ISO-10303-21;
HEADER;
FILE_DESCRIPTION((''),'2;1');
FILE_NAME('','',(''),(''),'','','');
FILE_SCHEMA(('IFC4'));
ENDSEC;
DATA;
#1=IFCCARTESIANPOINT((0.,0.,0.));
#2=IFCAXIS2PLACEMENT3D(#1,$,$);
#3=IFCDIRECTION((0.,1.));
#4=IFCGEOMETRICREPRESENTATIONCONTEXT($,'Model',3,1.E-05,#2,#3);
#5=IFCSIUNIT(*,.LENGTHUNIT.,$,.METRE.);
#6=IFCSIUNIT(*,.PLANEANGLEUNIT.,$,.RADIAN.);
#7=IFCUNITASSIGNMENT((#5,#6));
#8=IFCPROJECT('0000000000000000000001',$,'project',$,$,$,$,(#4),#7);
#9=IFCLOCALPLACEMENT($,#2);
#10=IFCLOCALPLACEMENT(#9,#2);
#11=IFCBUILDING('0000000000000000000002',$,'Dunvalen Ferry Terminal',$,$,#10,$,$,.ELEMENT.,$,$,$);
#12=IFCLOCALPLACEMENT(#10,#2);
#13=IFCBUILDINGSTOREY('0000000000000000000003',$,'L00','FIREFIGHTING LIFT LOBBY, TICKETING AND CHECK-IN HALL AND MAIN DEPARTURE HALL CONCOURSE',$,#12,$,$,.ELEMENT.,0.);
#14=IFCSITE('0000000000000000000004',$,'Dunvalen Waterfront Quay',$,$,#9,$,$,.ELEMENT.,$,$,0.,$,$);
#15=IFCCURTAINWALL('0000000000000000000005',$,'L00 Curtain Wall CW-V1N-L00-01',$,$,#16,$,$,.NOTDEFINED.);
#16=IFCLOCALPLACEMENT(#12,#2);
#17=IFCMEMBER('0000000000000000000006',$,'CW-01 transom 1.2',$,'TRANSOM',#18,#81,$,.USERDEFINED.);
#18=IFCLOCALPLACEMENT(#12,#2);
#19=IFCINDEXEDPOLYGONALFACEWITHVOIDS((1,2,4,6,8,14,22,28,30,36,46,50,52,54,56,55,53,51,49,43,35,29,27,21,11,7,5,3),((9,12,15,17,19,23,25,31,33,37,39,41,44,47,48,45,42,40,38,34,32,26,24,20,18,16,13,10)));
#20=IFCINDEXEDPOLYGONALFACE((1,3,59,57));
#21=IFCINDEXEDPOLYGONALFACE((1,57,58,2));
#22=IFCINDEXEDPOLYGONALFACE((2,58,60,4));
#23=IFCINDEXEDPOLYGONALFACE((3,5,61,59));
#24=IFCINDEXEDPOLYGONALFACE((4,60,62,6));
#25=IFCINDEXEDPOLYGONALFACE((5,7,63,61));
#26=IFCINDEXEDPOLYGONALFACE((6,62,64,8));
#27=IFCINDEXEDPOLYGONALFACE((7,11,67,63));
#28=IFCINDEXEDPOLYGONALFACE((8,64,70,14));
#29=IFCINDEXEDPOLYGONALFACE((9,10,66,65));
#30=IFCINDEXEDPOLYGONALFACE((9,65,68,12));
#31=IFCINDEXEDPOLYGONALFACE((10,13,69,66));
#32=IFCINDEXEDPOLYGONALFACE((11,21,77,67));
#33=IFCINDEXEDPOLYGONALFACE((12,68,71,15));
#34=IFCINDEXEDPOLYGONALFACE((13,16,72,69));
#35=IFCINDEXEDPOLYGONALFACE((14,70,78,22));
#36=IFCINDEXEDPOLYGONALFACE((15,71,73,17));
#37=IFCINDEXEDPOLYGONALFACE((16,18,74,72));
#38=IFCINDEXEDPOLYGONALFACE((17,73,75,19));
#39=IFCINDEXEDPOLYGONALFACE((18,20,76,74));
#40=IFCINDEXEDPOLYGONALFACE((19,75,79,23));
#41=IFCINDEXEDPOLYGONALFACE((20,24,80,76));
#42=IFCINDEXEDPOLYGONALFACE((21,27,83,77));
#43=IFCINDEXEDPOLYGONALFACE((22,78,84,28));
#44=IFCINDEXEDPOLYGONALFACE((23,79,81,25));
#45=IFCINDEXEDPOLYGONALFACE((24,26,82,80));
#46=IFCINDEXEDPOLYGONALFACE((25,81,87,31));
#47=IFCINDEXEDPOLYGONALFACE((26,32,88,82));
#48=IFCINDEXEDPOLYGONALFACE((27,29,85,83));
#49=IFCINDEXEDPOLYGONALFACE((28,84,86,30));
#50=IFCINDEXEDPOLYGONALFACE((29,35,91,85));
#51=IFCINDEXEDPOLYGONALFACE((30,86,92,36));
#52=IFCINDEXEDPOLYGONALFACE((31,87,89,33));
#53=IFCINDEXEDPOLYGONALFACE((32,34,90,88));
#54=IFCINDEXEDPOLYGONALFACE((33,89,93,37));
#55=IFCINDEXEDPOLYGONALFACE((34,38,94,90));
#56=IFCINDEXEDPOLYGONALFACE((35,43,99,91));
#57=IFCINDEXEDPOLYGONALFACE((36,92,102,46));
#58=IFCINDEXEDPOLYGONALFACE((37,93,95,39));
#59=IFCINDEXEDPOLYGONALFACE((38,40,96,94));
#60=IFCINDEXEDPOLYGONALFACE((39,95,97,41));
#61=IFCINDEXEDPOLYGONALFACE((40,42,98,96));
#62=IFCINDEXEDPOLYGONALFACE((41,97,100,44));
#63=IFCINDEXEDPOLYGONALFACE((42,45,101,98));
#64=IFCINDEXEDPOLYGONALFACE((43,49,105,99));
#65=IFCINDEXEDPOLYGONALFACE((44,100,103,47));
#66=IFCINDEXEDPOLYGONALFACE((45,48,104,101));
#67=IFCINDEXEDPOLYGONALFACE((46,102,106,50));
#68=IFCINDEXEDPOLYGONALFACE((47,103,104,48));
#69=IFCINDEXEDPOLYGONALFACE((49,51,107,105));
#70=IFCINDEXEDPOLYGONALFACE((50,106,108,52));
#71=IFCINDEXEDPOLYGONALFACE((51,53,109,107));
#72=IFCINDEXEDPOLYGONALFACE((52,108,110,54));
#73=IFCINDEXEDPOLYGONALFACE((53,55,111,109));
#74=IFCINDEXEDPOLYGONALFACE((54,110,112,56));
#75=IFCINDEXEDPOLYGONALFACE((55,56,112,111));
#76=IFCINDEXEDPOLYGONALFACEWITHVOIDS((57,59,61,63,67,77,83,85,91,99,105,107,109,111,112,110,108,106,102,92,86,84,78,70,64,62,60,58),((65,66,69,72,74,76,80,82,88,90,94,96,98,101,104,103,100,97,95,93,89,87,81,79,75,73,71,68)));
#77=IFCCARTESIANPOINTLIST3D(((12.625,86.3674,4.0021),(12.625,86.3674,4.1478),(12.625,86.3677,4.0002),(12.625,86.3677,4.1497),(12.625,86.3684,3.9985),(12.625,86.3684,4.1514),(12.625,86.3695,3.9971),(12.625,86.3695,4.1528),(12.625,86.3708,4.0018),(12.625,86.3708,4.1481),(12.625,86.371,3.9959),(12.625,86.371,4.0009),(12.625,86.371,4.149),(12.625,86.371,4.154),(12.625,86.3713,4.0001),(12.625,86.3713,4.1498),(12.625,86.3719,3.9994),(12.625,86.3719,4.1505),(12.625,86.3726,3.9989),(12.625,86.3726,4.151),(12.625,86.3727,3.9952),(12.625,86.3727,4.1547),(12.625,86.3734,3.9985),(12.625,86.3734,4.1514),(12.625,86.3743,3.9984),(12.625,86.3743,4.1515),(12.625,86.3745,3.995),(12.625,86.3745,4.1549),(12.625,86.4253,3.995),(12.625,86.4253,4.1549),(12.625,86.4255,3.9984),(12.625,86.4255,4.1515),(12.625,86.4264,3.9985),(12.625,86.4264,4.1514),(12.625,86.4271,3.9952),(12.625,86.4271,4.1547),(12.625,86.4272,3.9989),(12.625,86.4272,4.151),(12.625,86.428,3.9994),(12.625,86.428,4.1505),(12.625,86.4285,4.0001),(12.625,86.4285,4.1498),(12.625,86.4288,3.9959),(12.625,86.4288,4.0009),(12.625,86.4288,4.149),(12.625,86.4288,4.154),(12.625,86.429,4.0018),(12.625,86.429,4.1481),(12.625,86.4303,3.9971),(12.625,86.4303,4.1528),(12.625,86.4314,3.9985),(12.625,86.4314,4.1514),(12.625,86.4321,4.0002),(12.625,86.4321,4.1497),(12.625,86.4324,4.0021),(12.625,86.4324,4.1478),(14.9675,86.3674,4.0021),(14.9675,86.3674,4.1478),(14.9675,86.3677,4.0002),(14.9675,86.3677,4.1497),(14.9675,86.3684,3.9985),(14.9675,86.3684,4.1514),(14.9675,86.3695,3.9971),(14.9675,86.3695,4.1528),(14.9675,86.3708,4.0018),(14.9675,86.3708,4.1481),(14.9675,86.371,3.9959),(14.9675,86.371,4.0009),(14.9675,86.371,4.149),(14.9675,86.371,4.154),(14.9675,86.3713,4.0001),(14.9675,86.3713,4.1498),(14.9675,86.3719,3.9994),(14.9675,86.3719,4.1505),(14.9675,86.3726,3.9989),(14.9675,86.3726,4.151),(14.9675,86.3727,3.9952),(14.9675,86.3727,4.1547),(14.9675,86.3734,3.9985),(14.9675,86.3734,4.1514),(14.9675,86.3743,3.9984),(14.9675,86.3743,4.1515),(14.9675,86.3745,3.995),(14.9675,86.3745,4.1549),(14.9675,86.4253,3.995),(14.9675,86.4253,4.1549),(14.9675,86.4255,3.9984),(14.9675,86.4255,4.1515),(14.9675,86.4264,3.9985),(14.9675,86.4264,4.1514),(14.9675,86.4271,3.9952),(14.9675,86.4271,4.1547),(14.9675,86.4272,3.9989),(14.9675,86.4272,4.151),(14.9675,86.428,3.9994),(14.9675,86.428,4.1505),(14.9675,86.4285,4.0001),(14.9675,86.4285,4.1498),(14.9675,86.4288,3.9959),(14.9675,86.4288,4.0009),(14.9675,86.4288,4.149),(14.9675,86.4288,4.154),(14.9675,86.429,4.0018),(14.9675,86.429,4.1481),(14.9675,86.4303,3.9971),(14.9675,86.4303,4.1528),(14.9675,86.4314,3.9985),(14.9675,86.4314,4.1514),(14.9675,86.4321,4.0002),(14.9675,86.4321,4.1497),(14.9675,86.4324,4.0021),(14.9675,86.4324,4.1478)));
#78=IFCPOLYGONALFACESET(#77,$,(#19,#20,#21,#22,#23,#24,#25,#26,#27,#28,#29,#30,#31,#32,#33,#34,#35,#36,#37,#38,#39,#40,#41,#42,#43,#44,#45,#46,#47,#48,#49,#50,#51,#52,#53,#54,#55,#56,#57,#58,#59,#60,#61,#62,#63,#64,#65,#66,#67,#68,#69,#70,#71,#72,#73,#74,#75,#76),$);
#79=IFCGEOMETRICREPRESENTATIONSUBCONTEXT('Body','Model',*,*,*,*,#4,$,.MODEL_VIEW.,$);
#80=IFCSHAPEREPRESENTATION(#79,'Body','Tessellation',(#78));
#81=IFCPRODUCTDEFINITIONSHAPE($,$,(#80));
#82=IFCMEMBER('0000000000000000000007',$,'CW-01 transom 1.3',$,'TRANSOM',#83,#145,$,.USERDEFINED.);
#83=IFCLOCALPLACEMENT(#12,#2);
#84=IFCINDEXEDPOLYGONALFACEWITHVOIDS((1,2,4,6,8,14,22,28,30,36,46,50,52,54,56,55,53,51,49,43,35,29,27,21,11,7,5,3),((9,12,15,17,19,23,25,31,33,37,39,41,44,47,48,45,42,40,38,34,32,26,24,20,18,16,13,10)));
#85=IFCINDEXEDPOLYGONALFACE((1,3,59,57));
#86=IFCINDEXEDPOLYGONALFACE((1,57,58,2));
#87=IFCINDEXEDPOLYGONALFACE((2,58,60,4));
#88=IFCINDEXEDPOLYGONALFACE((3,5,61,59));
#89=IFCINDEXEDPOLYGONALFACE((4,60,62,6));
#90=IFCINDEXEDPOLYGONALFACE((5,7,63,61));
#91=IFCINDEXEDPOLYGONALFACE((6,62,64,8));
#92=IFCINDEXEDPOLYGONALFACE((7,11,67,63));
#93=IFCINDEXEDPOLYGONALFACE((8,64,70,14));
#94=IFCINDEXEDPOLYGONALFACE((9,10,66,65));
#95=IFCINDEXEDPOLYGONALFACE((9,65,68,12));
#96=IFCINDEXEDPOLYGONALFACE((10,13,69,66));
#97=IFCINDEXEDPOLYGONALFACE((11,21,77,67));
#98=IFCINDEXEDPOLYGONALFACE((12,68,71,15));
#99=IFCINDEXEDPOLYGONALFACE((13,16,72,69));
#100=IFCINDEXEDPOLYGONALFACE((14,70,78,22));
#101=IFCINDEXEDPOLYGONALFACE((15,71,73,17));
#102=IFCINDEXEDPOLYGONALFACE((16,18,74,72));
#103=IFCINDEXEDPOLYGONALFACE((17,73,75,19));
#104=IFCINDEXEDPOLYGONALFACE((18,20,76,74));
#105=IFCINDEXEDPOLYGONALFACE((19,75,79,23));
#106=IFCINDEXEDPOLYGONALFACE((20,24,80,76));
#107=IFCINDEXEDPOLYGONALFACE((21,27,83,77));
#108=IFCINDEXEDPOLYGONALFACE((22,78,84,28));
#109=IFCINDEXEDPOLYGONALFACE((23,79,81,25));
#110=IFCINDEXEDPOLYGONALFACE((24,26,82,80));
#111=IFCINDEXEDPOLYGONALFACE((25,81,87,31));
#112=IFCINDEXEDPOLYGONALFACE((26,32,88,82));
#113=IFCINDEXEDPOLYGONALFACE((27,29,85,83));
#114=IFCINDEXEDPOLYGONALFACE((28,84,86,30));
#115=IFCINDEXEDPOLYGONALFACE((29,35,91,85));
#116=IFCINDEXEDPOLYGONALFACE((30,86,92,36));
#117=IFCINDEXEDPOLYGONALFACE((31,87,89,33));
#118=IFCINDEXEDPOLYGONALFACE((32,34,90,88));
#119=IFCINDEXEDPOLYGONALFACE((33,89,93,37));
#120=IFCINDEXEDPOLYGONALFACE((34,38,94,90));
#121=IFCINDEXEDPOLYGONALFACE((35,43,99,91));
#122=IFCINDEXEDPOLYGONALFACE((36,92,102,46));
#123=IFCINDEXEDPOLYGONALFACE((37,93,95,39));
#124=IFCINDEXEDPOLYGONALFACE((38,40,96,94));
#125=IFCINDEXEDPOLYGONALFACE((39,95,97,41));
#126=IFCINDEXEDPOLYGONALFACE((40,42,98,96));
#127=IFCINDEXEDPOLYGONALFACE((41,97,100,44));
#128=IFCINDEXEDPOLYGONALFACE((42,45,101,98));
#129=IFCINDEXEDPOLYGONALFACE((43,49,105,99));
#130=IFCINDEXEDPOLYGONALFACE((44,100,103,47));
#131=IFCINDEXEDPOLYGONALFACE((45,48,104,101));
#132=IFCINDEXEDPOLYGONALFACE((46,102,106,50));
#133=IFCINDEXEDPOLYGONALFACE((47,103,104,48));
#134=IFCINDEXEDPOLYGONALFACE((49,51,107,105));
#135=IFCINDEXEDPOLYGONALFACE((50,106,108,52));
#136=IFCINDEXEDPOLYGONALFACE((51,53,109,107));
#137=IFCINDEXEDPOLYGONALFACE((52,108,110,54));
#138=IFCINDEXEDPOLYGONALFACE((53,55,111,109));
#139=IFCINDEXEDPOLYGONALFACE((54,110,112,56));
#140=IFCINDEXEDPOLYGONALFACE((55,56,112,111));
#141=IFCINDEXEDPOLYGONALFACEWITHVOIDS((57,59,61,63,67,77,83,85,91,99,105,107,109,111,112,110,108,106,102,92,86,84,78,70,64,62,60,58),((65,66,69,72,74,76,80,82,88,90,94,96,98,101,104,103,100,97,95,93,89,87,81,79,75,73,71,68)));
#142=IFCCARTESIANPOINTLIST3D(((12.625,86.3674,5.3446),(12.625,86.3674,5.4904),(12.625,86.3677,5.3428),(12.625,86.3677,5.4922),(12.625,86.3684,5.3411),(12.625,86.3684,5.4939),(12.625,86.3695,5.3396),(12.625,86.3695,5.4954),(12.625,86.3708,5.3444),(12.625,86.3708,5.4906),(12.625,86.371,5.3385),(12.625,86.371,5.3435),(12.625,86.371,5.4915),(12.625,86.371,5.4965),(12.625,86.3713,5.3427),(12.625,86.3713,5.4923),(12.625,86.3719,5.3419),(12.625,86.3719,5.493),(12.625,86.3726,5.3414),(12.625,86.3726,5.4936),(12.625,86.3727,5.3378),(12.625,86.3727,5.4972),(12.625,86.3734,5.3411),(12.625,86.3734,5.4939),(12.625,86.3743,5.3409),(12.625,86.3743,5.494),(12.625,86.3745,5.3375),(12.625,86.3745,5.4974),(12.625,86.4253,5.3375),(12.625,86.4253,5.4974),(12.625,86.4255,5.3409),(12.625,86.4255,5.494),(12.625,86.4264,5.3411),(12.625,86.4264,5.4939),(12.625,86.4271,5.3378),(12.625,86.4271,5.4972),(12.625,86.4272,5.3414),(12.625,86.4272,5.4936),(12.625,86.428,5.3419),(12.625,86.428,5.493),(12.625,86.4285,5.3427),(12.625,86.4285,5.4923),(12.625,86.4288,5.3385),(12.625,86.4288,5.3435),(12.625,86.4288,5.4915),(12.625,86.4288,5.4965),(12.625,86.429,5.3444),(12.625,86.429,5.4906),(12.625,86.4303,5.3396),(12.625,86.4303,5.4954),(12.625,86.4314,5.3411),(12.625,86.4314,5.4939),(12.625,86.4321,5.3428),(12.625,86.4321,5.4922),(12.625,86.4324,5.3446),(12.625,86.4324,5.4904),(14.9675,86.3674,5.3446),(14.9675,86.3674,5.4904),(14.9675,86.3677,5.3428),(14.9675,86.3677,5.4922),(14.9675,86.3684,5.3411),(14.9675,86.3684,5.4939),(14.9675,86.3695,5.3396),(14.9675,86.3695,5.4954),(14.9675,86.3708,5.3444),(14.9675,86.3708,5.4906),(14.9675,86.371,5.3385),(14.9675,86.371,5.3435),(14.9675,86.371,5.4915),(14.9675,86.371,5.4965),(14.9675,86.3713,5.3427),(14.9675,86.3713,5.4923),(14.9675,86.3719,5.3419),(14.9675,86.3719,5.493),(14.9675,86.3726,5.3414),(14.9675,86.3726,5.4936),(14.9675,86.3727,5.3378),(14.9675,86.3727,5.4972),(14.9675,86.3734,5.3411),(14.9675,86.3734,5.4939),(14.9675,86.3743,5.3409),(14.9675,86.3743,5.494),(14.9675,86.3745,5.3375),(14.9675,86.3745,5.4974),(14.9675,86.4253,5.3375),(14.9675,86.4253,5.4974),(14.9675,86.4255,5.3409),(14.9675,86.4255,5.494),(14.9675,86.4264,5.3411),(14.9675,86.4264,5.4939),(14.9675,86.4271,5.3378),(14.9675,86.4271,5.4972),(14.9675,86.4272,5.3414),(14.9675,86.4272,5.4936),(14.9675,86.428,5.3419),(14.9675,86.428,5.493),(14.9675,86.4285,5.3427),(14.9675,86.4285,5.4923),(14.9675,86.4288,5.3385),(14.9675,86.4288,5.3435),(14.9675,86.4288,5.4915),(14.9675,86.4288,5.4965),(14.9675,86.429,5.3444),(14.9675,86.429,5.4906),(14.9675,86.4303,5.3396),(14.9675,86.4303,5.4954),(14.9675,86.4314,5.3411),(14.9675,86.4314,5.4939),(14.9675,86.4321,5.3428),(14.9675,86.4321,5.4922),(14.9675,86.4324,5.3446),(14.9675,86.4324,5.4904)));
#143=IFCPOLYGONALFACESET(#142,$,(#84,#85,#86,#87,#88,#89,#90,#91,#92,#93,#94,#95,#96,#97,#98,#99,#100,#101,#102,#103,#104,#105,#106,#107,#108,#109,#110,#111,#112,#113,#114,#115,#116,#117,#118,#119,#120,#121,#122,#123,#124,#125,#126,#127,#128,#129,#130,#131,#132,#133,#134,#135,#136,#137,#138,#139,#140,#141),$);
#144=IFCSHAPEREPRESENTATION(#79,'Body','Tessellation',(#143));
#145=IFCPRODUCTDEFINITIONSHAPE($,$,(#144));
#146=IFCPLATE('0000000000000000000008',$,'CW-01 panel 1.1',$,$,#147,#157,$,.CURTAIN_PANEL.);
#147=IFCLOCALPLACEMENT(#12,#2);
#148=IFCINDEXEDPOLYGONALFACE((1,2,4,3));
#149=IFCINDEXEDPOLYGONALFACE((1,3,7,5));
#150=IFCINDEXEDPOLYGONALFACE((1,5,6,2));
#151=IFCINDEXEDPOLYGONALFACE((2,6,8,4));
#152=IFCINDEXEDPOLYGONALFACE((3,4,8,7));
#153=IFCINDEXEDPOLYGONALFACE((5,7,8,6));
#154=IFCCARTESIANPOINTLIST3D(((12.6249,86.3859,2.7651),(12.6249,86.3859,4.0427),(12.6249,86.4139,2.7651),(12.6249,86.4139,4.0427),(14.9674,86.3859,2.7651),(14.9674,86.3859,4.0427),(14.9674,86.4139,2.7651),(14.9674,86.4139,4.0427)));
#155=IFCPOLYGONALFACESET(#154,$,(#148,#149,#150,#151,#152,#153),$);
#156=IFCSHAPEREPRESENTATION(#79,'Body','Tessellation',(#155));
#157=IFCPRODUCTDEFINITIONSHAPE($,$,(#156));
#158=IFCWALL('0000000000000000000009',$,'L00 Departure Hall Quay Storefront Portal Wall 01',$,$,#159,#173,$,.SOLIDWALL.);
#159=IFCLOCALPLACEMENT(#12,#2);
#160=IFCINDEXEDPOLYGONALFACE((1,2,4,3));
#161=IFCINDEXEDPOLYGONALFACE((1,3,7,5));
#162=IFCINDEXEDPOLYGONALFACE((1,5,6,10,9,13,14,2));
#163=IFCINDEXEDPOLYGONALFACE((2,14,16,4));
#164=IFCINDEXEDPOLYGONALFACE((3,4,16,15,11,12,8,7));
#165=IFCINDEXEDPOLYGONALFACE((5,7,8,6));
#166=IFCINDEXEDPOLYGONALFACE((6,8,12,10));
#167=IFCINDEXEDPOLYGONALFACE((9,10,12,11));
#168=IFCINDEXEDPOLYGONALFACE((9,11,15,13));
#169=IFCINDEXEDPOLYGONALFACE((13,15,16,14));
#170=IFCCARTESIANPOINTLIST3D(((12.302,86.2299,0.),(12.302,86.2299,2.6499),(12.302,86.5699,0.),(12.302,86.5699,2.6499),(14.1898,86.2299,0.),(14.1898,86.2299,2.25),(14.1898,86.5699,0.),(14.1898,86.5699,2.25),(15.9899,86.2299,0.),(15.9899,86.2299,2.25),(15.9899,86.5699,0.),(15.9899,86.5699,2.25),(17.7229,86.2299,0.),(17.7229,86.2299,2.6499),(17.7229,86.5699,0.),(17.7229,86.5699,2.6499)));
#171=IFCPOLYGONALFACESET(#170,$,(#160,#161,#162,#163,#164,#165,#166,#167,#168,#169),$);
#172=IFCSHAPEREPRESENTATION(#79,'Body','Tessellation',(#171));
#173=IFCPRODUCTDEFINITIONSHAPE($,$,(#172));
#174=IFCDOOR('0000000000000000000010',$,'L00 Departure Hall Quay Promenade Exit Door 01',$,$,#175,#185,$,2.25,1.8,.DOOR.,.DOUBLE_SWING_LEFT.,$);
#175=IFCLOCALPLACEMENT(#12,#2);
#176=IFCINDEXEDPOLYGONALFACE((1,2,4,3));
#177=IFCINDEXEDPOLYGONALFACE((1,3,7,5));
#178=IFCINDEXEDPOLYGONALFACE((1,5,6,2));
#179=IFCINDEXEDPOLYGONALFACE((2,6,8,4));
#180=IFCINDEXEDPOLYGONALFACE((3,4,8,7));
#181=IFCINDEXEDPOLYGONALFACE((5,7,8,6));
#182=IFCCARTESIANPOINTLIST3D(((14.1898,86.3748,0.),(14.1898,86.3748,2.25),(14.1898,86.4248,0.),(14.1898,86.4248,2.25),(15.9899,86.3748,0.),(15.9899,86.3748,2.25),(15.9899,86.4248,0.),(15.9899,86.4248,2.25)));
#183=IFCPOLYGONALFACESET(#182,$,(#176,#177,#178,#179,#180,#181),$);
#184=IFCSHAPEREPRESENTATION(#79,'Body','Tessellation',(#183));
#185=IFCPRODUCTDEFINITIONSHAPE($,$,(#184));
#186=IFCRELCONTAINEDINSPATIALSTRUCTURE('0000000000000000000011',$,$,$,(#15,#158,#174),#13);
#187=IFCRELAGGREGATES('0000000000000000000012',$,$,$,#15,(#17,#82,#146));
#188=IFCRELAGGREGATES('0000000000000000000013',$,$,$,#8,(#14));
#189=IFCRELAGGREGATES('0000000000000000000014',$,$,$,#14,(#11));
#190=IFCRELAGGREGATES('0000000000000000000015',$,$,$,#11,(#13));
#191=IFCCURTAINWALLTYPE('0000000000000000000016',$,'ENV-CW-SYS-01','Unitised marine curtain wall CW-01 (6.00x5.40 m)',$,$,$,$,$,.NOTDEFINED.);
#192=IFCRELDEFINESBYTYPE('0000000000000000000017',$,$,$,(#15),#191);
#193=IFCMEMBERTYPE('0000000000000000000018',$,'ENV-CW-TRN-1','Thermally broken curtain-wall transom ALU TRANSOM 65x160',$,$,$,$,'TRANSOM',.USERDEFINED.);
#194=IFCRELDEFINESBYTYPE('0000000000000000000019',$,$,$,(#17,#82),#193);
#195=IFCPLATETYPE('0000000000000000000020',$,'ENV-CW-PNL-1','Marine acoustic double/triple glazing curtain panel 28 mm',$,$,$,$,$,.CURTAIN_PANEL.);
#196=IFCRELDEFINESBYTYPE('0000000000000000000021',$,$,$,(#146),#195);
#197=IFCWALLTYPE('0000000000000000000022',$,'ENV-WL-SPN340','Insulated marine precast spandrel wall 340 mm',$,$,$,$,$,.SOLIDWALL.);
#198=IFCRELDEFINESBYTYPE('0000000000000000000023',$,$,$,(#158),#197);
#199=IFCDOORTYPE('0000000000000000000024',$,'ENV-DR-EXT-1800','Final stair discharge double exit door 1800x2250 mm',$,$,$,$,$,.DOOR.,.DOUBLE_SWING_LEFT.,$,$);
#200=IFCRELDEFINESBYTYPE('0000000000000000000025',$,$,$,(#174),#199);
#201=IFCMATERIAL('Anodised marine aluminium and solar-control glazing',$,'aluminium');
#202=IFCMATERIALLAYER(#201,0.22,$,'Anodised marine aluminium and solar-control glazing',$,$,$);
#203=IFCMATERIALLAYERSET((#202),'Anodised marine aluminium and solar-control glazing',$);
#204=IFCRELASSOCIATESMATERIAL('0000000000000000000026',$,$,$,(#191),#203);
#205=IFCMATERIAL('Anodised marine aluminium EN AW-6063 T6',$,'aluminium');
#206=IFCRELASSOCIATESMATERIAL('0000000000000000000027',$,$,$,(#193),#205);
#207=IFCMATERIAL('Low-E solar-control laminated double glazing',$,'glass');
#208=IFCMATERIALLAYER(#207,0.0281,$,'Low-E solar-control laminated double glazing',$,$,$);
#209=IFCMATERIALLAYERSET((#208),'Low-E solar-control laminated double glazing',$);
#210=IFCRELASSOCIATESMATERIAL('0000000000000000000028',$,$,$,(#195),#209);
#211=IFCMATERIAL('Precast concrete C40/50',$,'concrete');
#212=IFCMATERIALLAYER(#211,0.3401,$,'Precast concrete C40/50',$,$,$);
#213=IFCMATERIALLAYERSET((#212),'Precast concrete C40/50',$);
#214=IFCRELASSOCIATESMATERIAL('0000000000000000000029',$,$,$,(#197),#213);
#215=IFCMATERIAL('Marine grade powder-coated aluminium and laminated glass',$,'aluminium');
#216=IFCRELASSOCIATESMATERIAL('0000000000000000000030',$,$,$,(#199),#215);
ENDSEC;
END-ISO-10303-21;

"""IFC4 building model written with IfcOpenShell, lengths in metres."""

from ifc_helpers import new_model, si_unit, direction, frame, frame_2d, origin, origin_2d, place, context, subcontext, project, spatial, rectangle, hollow_rectangle, extrude, material, layer, layer_set, material_profile, profile_set, type_object, element, fill, aggregate, save


model = new_model("IFC4")

# Units and contexts
model_context = context("Model", 3, precision=1e-05, world=origin(), true_north=direction((0.0, 1.0)))
body_context = subcontext(model_context, "Body", "Model", "MODEL_VIEW")
ifc_project = project(units=[si_unit("LENGTHUNIT", "METRE"), si_unit("PLANEANGLEUNIT", "RADIAN")], contexts=[model_context])

# Site, building, storey
site_placement = place(None, origin())
site = spatial("IfcSite", under=ifc_project, at=site_placement, Name="Dunvalen Waterfront Quay", CompositionType="ELEMENT", RefElevation=0.0)
building_placement = place(site_placement, origin())
building = spatial("IfcBuilding", under=site, at=building_placement, Name="Dunvalen Ferry Terminal", CompositionType="ELEMENT")
storey_placement = place(building_placement, origin())
storey = spatial("IfcBuildingStorey", under=building, at=storey_placement, Name="L00", Description="FIREFIGHTING LIFT LOBBY, TICKETING AND CHECK-IN HALL AND MAIN DEPARTURE HALL CONCOURSE", CompositionType="ELEMENT", Elevation=0.0)

# Curtain wall, members, plate
ifc_material_1 = material(Name="Anodised marine aluminium and solar-control glazing", Category="aluminium")
ifc_layer_1 = layer(ifc_material_1, 0.22, Name="Anodised marine aluminium and solar-control glazing")
ifc_layer_set_1 = layer_set([ifc_layer_1], Name="Anodised marine aluminium and solar-control glazing")
curtain_wall_type = type_object("IfcCurtainWallType", Name="ENV-CW-SYS-01", Description="Unitised marine curtain wall CW-01 (6.00x5.40 m)", PredefinedType="NOTDEFINED", material=ifc_layer_set_1)
curtain_wall_placement = place(storey_placement, origin())
curtain_wall = element("IfcCurtainWall", 1, at=curtain_wall_placement, inside=storey, type_object=curtain_wall_type, Name="L00 Curtain Wall CW-V1N-L00-01", PredefinedType="NOTDEFINED")
ifc_material_2 = material(Name="Anodised marine aluminium EN AW-6063 T6", Category="aluminium")
ifc_material_profile_1 = material_profile(ifc_material_2, hollow_rectangle(XDim=0.0649, YDim=0.1599, WallThickness=0.0034, InnerFilletRadius=0.0034, OuterFilletRadius=0.0071, at=origin_2d()), Name="Anodised marine aluminium EN AW-6063 T6")
ifc_profile_set_1 = profile_set([ifc_material_profile_1], Name="Anodised marine aluminium EN AW-6063 T6")
member_type_1 = type_object("IfcMemberType", Name="ENV-CW-TRN-1", Description="Thermally broken curtain-wall transom ALU TRANSOM 65x160", ElementType="TRANSOM", PredefinedType="USERDEFINED", material=ifc_profile_set_1)
member_1_placement = place(storey_placement, frame((12.625, 86.3999, 4.075), z_axis=(1.0, 0.0, 0.0), x_axis=(0.0, 1.0, 0.0)))
member_1 = element("IfcMember", 2, at=member_1_placement, type_object=member_type_1, Name="CW-01 transom 1.2", ObjectType="TRANSOM", PredefinedType="USERDEFINED", context=body_context, shape_type="SweptSolid", body=[
    extrude(hollow_rectangle(XDim=0.0649, YDim=0.1599, WallThickness=0.0034, InnerFilletRadius=0.0034, OuterFilletRadius=0.0071, at=origin_2d()), origin(), (0.0, 0.0, 1.0), 2.3425),
])
member_2_placement = place(storey_placement, frame((12.625, 86.3999, 5.4175), z_axis=(1.0, 0.0, 0.0), x_axis=(0.0, 1.0, 0.0)))
member_2 = element("IfcMember", 3, at=member_2_placement, type_object=member_type_1, Name="CW-01 transom 1.3", ObjectType="TRANSOM", PredefinedType="USERDEFINED", context=body_context, shape_type="SweptSolid", body=[
    extrude(hollow_rectangle(XDim=0.0649, YDim=0.1599, WallThickness=0.0034, InnerFilletRadius=0.0034, OuterFilletRadius=0.0071, at=origin_2d()), origin(), (0.0, 0.0, 1.0), 2.3425),
])
ifc_material_3 = material(Name="Low-E solar-control laminated double glazing", Category="glass")
ifc_layer_2 = layer(ifc_material_3, 0.0281, Name="Low-E solar-control laminated double glazing")
ifc_layer_set_2 = layer_set([ifc_layer_2], Name="Low-E solar-control laminated double glazing")
plate_type = type_object("IfcPlateType", Name="ENV-CW-PNL-1", Description="Marine acoustic double/triple glazing curtain panel 28 mm", PredefinedType="CURTAIN_PANEL", material=ifc_layer_set_2)
plate_placement = place(storey_placement, frame((13.7961, 86.3999, 2.7651), z_axis=(0.0, 0.0, 1.0), x_axis=(1.0, 0.0, 0.0)))
plate = element("IfcPlate", 4, at=plate_placement, type_object=plate_type, Name="CW-01 panel 1.1", PredefinedType="CURTAIN_PANEL", context=body_context, shape_type="SweptSolid", body=[
    extrude(rectangle(XDim=2.3425, YDim=0.0281, at=origin_2d()), origin(), (0.0, 0.0, 1.0), 1.2776),
])
aggregate(curtain_wall, [member_1, member_2, plate])

# Wall, opening, door
ifc_material_4 = material(Name="Precast concrete C40/50", Category="concrete")
ifc_layer_3 = layer(ifc_material_4, 0.3401, Name="Precast concrete C40/50")
ifc_layer_set_3 = layer_set([ifc_layer_3], Name="Precast concrete C40/50")
wall_type_1 = type_object("IfcWallType", Name="ENV-WL-SPN340", Description="Insulated marine precast spandrel wall 340 mm", PredefinedType="SOLIDWALL", material=ifc_layer_set_3)
wall_1_placement = place(storey_placement, frame((12.302, 86.3999, 0.0), z_axis=(0.0, 0.0, 1.0), x_axis=(1.0, 0.0, 0.0)))
wall_1 = element("IfcWall", 5, at=wall_1_placement, inside=storey, type_object=wall_type_1, Name="L00 Departure Hall Quay Storefront Portal Wall 01", PredefinedType="SOLIDWALL", context=body_context, shape_type="SweptSolid", body=[
    extrude(rectangle(XDim=5.4209, YDim=0.3401, at=frame_2d((2.7104, 0.0))), origin(), (0.0, 0.0, 1.0), 2.6499),
])
opening_1_placement = place(wall_1_placement, frame((1.8879, 0.0, 0.0)))
opening_1 = element("IfcOpeningElement", 6, at=opening_1_placement, cuts=wall_1, PredefinedType="OPENING", context=body_context, shape_type="SweptSolid", body=[
    extrude(rectangle(XDim=1.8, YDim=2.25, at=frame_2d((0.8999, 1.125))), frame((0.0, 0.1802, 0.0), z_axis=(0.0, -1.0, 0.0), x_axis=(1.0, 0.0, 0.0)), (0.0, 0.0, 1.0), 0.3601),
])
ifc_material_5 = material(Name="Marine grade powder-coated aluminium and laminated glass", Category="aluminium")
door_type_1 = type_object("IfcDoorType", Name="ENV-DR-EXT-1800", Description="Final stair discharge double exit door 1800x2250 mm", OperationType="DOUBLE_SWING_LEFT", PredefinedType="DOOR", material=ifc_material_5)
door_1_placement = place(opening_1_placement, origin())
door_1 = element("IfcDoor", 7, at=door_1_placement, inside=storey, type_object=door_type_1, Name="L00 Departure Hall Quay Promenade Exit Door 01", OperationType="DOUBLE_SWING_LEFT", OverallHeight=2.25, OverallWidth=1.8, PredefinedType="DOOR", context=body_context, shape_type="SweptSolid", body=[
    extrude(rectangle(XDim=1.8, YDim=2.25, at=frame_2d((0.8999, 1.125))), frame((0.0, 0.0249, 0.0), z_axis=(0.0, -1.0, 0.0), x_axis=(1.0, 0.0, 0.0)), (0.0, 0.0, 1.0), 0.05),
])
fill(opening_1, door_1)

save(model, "model.ifc")
